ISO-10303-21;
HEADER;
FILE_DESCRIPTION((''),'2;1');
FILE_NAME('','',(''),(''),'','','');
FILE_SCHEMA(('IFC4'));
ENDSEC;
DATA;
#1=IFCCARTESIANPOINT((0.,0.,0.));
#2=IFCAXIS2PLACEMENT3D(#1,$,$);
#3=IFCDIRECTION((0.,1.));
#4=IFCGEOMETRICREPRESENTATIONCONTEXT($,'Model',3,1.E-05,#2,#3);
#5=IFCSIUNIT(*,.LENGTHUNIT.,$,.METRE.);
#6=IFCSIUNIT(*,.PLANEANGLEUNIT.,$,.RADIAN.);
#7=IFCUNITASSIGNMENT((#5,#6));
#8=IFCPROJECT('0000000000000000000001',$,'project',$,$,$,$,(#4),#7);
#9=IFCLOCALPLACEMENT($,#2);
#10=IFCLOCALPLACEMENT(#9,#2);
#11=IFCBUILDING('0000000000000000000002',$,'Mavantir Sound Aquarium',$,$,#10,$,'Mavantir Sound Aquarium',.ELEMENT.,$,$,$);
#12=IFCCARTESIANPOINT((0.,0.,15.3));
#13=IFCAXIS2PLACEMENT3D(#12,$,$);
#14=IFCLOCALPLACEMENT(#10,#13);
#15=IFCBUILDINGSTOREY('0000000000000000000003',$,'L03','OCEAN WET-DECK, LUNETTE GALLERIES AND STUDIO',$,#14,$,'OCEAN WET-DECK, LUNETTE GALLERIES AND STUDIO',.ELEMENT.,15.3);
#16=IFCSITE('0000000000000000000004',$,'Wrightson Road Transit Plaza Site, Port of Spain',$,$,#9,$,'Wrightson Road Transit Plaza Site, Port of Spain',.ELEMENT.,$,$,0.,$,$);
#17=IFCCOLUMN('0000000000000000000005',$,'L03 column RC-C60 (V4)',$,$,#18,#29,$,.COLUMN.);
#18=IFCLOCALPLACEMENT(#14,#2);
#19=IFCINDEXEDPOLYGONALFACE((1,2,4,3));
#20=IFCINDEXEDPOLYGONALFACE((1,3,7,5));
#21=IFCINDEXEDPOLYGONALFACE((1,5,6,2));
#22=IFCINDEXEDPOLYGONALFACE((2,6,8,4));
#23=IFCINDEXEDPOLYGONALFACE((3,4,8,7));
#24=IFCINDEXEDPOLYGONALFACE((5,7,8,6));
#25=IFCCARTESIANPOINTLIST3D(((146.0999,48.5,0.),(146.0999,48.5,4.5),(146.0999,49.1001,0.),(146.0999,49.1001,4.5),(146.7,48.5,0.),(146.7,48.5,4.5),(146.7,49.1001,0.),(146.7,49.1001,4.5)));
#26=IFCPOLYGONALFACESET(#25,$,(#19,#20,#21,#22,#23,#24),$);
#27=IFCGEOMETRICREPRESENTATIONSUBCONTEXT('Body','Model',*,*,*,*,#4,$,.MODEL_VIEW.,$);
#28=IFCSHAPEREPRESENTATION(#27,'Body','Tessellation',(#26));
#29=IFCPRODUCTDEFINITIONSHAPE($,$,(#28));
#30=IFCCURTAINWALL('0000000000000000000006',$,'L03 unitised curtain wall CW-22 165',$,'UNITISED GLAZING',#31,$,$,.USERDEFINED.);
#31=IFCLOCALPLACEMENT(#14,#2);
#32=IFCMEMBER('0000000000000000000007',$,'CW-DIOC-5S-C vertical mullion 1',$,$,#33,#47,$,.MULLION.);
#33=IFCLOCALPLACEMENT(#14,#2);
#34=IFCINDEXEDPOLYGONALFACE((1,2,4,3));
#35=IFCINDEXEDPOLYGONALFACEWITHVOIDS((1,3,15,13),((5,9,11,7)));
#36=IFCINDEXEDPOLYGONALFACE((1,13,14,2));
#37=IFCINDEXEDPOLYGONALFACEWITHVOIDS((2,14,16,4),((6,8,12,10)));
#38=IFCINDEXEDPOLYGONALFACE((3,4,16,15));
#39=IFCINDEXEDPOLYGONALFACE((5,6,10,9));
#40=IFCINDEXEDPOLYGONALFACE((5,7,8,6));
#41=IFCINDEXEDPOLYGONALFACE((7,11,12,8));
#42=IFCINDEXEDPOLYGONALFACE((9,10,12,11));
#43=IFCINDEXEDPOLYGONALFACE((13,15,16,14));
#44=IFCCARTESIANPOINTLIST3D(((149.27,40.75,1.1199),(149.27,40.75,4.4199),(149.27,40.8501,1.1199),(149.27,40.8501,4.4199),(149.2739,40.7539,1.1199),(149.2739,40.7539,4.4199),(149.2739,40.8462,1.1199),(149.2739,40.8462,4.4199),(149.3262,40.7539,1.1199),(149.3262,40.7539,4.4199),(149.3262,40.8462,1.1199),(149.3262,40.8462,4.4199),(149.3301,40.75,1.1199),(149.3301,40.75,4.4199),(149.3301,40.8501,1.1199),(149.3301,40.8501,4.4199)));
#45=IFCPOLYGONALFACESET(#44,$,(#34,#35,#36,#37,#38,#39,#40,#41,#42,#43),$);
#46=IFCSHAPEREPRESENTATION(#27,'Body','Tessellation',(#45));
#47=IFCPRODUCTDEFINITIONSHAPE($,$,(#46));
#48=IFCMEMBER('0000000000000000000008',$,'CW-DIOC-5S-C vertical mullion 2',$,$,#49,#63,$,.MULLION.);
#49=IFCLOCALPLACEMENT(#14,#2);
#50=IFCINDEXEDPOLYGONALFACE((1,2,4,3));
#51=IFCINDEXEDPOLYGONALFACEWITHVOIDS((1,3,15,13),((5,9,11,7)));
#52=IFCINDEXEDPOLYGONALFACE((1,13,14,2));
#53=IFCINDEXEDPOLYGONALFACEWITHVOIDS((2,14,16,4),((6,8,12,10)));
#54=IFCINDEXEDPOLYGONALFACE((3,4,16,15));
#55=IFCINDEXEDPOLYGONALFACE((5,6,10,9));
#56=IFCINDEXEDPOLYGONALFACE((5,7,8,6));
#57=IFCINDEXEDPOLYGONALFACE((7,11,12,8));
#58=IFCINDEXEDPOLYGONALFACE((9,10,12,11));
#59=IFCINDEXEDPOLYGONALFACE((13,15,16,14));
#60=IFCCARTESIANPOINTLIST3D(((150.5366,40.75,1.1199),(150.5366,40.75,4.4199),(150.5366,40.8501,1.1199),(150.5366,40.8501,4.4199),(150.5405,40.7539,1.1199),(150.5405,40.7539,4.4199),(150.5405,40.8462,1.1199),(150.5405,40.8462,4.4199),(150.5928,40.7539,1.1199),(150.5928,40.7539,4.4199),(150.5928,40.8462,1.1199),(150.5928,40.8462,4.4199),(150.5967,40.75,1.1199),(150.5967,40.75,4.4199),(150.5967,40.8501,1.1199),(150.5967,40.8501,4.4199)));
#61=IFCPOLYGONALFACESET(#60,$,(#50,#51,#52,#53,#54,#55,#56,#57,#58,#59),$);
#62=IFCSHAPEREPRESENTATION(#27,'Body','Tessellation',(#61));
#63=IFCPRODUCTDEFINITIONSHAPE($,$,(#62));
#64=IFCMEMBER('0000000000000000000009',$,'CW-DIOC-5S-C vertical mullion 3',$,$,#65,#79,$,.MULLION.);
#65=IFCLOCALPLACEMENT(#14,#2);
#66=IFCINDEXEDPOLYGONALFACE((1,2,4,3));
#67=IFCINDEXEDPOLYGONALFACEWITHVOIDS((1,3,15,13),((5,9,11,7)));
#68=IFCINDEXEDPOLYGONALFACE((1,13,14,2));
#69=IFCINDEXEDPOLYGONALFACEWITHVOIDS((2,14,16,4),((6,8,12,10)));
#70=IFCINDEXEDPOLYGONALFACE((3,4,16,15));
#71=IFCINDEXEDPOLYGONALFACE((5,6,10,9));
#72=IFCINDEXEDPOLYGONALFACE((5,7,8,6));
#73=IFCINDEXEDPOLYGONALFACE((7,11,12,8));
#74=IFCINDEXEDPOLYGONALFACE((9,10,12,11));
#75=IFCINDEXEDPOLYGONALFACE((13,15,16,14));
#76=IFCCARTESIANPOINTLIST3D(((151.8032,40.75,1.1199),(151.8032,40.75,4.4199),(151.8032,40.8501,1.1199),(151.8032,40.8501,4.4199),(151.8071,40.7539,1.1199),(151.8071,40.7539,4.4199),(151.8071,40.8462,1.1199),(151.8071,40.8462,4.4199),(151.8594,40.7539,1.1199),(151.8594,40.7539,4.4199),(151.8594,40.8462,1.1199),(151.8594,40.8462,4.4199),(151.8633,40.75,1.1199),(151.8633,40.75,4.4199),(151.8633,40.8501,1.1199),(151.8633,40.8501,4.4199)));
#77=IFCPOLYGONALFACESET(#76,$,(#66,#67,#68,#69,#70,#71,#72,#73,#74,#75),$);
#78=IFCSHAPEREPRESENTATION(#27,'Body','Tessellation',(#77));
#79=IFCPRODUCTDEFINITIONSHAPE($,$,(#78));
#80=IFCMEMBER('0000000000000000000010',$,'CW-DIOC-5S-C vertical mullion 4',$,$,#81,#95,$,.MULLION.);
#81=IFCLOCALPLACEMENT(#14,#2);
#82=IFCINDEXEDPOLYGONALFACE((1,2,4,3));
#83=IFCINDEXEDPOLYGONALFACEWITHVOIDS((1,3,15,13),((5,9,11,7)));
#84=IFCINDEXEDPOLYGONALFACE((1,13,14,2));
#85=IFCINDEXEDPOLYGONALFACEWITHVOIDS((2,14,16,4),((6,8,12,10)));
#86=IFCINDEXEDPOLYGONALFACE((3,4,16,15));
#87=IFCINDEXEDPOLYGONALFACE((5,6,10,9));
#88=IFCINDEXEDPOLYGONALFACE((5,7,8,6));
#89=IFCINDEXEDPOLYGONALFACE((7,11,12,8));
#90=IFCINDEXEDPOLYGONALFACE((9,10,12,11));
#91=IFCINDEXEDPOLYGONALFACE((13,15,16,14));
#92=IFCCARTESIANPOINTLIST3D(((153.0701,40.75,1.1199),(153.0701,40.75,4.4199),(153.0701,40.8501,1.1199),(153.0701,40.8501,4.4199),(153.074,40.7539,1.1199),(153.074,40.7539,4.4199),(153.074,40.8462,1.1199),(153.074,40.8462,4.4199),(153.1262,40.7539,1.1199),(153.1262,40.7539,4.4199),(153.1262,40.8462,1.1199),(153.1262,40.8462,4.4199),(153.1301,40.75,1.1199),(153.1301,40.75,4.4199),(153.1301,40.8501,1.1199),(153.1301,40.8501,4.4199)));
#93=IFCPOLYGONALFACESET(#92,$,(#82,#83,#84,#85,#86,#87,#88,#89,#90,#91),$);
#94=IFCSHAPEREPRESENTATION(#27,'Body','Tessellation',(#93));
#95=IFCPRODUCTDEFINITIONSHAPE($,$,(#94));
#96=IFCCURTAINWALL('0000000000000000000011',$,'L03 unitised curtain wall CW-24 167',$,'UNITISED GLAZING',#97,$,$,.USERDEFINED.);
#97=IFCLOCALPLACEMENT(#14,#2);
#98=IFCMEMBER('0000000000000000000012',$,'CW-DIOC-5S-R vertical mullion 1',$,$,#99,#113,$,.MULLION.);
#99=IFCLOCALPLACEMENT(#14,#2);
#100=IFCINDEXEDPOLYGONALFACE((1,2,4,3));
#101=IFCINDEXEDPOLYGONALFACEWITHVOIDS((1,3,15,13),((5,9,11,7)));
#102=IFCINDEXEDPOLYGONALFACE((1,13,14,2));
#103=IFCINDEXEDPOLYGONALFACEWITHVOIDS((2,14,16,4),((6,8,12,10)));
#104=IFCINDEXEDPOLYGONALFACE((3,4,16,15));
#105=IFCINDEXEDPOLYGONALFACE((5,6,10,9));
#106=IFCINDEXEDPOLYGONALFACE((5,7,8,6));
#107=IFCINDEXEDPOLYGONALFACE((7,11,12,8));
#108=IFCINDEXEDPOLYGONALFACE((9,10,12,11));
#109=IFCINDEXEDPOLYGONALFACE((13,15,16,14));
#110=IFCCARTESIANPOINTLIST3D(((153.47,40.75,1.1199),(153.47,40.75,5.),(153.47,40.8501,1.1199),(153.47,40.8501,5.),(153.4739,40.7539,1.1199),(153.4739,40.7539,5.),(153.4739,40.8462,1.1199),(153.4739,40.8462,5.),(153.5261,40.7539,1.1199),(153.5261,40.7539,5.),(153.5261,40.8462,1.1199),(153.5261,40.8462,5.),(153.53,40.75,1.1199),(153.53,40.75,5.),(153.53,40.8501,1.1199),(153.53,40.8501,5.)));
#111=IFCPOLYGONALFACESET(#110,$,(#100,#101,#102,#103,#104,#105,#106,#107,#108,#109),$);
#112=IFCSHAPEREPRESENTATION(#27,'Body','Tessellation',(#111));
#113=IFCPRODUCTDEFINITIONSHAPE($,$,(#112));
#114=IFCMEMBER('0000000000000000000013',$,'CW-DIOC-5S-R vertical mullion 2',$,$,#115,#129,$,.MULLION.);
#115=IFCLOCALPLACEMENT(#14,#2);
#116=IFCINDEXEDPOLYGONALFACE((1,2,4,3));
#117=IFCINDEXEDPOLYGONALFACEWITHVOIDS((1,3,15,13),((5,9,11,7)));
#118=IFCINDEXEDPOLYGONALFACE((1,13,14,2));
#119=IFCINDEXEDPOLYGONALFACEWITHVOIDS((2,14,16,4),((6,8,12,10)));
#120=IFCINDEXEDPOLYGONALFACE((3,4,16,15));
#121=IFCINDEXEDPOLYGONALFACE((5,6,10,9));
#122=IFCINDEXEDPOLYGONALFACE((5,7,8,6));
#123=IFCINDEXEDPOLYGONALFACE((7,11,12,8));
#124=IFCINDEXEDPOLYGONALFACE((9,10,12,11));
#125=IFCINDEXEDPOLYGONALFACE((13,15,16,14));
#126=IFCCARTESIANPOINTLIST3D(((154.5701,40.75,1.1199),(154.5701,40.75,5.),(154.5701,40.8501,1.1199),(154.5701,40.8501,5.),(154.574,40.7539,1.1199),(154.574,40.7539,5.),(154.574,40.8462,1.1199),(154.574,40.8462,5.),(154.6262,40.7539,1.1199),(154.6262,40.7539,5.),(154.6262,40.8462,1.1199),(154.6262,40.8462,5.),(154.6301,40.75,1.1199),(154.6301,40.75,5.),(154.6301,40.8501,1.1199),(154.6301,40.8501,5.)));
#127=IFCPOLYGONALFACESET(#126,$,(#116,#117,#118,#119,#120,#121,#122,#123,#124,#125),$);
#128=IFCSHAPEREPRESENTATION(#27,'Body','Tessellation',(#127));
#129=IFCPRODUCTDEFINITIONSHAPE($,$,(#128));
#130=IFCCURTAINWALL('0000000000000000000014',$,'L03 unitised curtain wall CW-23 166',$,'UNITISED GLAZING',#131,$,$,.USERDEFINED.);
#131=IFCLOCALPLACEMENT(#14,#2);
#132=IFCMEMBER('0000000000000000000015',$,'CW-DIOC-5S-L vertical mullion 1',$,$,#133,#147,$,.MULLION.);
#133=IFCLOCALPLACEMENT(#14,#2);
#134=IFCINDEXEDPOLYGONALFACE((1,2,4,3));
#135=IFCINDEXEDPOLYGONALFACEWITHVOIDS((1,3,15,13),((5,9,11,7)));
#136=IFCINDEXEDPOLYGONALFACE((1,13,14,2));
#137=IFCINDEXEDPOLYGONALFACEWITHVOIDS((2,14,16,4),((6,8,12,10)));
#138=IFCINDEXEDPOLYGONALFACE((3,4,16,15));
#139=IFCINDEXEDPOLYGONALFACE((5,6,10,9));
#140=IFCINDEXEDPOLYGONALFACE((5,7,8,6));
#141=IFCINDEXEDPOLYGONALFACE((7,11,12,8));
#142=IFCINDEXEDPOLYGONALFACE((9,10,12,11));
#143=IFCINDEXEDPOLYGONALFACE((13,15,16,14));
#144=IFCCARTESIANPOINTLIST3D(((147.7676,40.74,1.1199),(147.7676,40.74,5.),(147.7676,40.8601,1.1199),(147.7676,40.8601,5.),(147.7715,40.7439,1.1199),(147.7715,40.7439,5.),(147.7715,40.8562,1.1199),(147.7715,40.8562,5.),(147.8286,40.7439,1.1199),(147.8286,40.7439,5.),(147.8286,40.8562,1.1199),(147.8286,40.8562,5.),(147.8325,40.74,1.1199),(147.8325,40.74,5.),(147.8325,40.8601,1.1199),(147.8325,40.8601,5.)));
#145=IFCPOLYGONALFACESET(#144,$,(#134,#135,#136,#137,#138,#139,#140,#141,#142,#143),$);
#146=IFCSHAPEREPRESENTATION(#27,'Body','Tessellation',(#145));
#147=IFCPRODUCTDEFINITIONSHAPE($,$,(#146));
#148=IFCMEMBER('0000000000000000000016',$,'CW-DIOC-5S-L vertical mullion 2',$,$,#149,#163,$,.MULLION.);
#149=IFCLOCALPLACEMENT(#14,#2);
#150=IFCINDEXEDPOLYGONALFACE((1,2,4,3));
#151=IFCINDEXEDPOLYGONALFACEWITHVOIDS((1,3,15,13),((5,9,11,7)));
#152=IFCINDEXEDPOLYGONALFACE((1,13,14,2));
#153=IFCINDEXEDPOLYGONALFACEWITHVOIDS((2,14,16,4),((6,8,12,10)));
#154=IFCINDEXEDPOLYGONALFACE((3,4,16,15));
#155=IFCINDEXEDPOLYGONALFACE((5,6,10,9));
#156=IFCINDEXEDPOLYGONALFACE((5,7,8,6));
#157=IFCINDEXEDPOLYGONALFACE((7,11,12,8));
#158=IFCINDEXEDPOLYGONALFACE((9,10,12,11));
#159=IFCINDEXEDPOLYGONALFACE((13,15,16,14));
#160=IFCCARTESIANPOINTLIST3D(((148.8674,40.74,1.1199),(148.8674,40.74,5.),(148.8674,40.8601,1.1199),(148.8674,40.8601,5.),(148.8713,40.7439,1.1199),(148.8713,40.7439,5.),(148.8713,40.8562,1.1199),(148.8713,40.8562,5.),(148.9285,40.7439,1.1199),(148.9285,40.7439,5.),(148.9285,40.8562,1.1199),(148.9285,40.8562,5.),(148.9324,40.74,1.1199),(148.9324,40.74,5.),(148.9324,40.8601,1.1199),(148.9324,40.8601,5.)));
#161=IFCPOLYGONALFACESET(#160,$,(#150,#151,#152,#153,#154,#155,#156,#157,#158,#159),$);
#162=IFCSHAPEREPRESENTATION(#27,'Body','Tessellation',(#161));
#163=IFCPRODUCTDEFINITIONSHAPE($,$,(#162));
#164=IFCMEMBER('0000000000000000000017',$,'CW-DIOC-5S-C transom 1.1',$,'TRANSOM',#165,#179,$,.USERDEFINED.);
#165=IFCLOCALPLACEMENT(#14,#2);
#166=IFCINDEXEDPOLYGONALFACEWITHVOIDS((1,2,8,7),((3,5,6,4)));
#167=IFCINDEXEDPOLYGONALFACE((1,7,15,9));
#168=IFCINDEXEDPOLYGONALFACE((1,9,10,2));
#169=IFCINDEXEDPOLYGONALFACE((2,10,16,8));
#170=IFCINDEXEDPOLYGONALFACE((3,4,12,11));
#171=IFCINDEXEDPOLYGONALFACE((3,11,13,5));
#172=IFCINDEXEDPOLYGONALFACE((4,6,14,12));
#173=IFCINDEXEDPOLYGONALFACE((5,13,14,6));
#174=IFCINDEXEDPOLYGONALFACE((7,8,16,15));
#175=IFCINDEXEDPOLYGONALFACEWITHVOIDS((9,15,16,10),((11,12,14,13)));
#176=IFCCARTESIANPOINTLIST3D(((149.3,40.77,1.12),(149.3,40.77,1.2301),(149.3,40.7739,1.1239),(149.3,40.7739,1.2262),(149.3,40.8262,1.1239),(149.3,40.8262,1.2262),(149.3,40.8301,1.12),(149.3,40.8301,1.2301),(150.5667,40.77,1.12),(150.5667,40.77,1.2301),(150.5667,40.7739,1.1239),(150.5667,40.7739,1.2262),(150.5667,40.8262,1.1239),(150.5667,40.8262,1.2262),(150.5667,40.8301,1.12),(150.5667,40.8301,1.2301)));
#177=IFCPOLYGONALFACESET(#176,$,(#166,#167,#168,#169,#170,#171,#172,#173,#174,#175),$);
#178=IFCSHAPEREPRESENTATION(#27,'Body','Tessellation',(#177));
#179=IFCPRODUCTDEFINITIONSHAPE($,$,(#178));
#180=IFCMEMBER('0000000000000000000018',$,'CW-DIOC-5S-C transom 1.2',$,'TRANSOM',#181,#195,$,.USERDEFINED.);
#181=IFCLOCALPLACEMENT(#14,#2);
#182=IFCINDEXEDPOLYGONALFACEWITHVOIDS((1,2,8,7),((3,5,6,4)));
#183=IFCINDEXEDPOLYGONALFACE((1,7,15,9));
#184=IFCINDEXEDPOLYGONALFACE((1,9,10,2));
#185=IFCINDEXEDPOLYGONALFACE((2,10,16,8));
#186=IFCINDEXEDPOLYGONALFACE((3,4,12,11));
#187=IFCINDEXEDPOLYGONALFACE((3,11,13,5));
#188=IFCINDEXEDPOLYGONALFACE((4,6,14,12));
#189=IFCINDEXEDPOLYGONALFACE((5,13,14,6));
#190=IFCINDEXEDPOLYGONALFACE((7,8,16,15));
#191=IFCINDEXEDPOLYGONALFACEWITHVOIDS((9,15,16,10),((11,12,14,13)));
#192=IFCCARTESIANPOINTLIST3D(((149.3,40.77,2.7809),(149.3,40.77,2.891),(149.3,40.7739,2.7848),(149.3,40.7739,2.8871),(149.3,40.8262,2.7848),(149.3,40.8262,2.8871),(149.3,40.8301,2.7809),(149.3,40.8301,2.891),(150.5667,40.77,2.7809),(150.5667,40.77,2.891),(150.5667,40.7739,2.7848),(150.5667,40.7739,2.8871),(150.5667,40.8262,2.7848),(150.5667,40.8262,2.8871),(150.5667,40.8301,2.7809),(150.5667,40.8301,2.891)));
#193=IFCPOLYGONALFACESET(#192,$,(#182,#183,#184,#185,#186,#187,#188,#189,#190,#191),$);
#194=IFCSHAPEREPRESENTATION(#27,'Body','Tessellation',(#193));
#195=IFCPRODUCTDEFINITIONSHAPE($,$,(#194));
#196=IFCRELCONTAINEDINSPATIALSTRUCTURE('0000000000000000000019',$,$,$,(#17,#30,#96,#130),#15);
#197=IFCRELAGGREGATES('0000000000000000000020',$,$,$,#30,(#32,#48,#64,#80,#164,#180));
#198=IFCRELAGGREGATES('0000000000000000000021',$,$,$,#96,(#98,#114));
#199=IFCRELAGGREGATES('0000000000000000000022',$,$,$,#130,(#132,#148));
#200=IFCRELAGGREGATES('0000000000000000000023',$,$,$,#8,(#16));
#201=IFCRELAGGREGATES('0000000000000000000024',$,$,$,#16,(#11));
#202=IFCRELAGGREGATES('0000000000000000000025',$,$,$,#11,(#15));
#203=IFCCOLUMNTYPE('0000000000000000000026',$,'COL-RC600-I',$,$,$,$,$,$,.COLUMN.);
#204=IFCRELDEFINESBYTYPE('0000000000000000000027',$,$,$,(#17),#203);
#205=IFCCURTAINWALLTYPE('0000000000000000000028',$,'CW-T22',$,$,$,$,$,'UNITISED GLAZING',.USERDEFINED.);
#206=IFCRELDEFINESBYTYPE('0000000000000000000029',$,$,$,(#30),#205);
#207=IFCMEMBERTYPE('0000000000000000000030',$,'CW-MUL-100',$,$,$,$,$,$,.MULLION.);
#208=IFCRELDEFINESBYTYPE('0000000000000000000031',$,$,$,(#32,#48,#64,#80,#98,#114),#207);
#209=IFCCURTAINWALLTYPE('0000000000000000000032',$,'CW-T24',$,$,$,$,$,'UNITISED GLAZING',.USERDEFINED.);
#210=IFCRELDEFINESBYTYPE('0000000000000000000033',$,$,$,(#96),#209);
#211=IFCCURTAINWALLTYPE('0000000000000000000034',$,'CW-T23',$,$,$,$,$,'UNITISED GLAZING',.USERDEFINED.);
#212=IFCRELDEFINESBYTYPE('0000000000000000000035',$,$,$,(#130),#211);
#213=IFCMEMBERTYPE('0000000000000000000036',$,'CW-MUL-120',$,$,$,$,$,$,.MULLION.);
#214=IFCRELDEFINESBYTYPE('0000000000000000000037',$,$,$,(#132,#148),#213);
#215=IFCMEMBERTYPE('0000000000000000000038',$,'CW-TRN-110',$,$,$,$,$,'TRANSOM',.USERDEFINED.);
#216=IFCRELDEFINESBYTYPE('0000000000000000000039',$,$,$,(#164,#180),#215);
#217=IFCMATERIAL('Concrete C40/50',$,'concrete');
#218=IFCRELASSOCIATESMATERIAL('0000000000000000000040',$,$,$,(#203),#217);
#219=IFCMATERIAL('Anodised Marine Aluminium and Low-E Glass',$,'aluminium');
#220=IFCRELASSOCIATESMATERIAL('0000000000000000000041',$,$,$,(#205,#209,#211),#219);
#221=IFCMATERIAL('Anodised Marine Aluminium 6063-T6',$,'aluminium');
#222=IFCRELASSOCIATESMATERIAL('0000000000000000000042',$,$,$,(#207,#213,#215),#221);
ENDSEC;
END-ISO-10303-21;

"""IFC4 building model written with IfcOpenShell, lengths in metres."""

from ifc_helpers import new_model, si_unit, direction, frame, origin, origin_2d, place, context, subcontext, project, spatial, rectangle, hollow_rectangle, extrude, material, material_profile, profile_set, type_object, element, aggregate, save


model = new_model("IFC4")

# Units and contexts
model_context = context("Model", 3, precision=1e-05, world=origin(), true_north=direction((0.0, 1.0)))
body_context = subcontext(model_context, "Body", "Model", "MODEL_VIEW")
ifc_project = project(units=[si_unit("LENGTHUNIT", "METRE"), si_unit("PLANEANGLEUNIT", "RADIAN")], contexts=[model_context])

# Site, building, storey
site_placement = place(None, origin())
site = spatial("IfcSite", under=ifc_project, at=site_placement, Name="Wrightson Road Transit Plaza Site, Port of Spain", LongName="Wrightson Road Transit Plaza Site, Port of Spain", CompositionType="ELEMENT", RefElevation=0.0)
building_placement = place(site_placement, origin())
building = spatial("IfcBuilding", under=site, at=building_placement, Name="Mavantir Sound Aquarium", LongName="Mavantir Sound Aquarium", CompositionType="ELEMENT")
storey_placement = place(building_placement, frame((0.0, 0.0, 15.3)))
storey = spatial("IfcBuildingStorey", under=building, at=storey_placement, Name="L03", Description="OCEAN WET-DECK, LUNETTE GALLERIES AND STUDIO", LongName="OCEAN WET-DECK, LUNETTE GALLERIES AND STUDIO", CompositionType="ELEMENT", Elevation=15.3)

# Column
ifc_material_1 = material(Name="Concrete C40/50", Category="concrete")
ifc_material_profile_1 = material_profile(ifc_material_1, rectangle(XDim=0.6001, YDim=0.6001, at=origin_2d()), Name="RC 600X600")
ifc_profile_set_1 = profile_set([ifc_material_profile_1], Name="Concrete C40/50")
column_type = type_object("IfcColumnType", Name="COL-RC600-I", PredefinedType="COLUMN", material=ifc_profile_set_1)
column_placement = place(storey_placement, frame((146.3999, 48.8, 0.0), z_axis=(0.0, 0.0, 1.0), x_axis=(1.0, 0.0, 0.0)))
element("IfcColumn", 1, at=column_placement, inside=storey, type_object=column_type, Name="L03 column RC-C60 (V4)", PredefinedType="COLUMN", context=body_context, shape_type="SweptSolid", body=[
    extrude(rectangle(XDim=0.6001, YDim=0.6001, at=origin_2d()), origin(), (0.0, 0.0, 1.0), 4.5),
])

# Curtain walls, members
ifc_material_2 = material(Name="Anodised Marine Aluminium and Low-E Glass", Category="aluminium")
curtain_wall_type_1 = type_object("IfcCurtainWallType", Name="CW-T22", ElementType="UNITISED GLAZING", PredefinedType="USERDEFINED", material=ifc_material_2)
curtain_wall_1_placement = place(storey_placement, origin())
curtain_wall_1 = element("IfcCurtainWall", 2, at=curtain_wall_1_placement, inside=storey, type_object=curtain_wall_type_1, Name="L03 unitised curtain wall CW-22 165", ObjectType="UNITISED GLAZING", PredefinedType="USERDEFINED")
ifc_material_3 = material(Name="Anodised Marine Aluminium 6063-T6", Category="aluminium")
ifc_material_profile_2 = material_profile(ifc_material_3, hollow_rectangle(XDim=0.0601, YDim=0.1001, WallThickness=0.0039, at=origin_2d()), Name="ALU-MULLION-100X60")
ifc_profile_set_2 = profile_set([ifc_material_profile_2], Name="Anodised Marine Aluminium 6063-T6")
member_type_1 = type_object("IfcMemberType", Name="CW-MUL-100", PredefinedType="MULLION", material=ifc_profile_set_2)
member_1_placement = place(storey_placement, frame((149.3, 40.8, 1.1199), z_axis=(0.0, 0.0, 1.0), x_axis=(1.0, 0.0, 0.0)))
member_1 = element("IfcMember", 3, at=member_1_placement, type_object=member_type_1, Name="CW-DIOC-5S-C vertical mullion 1", PredefinedType="MULLION", context=body_context, shape_type="SweptSolid", body=[
    extrude(hollow_rectangle(XDim=0.0601, YDim=0.1001, WallThickness=0.0039, at=origin_2d()), origin(), (0.0, 0.0, 1.0), 3.3),
])
member_2_placement = place(storey_placement, frame((150.5667, 40.8, 1.1199), z_axis=(0.0, 0.0, 1.0), x_axis=(1.0, 0.0, 0.0)))
member_2 = element("IfcMember", 4, at=member_2_placement, type_object=member_type_1, Name="CW-DIOC-5S-C vertical mullion 2", PredefinedType="MULLION", context=body_context, shape_type="SweptSolid", body=[
    extrude(hollow_rectangle(XDim=0.0601, YDim=0.1001, WallThickness=0.0039, at=origin_2d()), origin(), (0.0, 0.0, 1.0), 3.3),
])
member_3_placement = place(storey_placement, frame((151.8333, 40.8, 1.1199), z_axis=(0.0, 0.0, 1.0), x_axis=(1.0, 0.0, 0.0)))
member_3 = element("IfcMember", 5, at=member_3_placement, type_object=member_type_1, Name="CW-DIOC-5S-C vertical mullion 3", PredefinedType="MULLION", context=body_context, shape_type="SweptSolid", body=[
    extrude(hollow_rectangle(XDim=0.0601, YDim=0.1001, WallThickness=0.0039, at=origin_2d()), origin(), (0.0, 0.0, 1.0), 3.3),
])
member_4_placement = place(storey_placement, frame((153.1001, 40.8, 1.1199), z_axis=(0.0, 0.0, 1.0), x_axis=(1.0, 0.0, 0.0)))
member_4 = element("IfcMember", 6, at=member_4_placement, type_object=member_type_1, Name="CW-DIOC-5S-C vertical mullion 4", PredefinedType="MULLION", context=body_context, shape_type="SweptSolid", body=[
    extrude(hollow_rectangle(XDim=0.0601, YDim=0.1001, WallThickness=0.0039, at=origin_2d()), origin(), (0.0, 0.0, 1.0), 3.3),
])
curtain_wall_type_2 = type_object("IfcCurtainWallType", Name="CW-T24", ElementType="UNITISED GLAZING", PredefinedType="USERDEFINED", material=ifc_material_2)
curtain_wall_2_placement = place(storey_placement, origin())
curtain_wall_2 = element("IfcCurtainWall", 7, at=curtain_wall_2_placement, inside=storey, type_object=curtain_wall_type_2, Name="L03 unitised curtain wall CW-24 167", ObjectType="UNITISED GLAZING", PredefinedType="USERDEFINED")
member_5_placement = place(storey_placement, frame((153.5, 40.8, 1.1199), z_axis=(0.0, 0.0, 1.0), x_axis=(1.0, 0.0, 0.0)))
member_5 = element("IfcMember", 8, at=member_5_placement, type_object=member_type_1, Name="CW-DIOC-5S-R vertical mullion 1", PredefinedType="MULLION", context=body_context, shape_type="SweptSolid", body=[
    extrude(hollow_rectangle(XDim=0.0601, YDim=0.1001, WallThickness=0.0039, at=origin_2d()), origin(), (0.0, 0.0, 1.0), 3.8801),
])
member_6_placement = place(storey_placement, frame((154.6001, 40.8, 1.1199), z_axis=(0.0, 0.0, 1.0), x_axis=(1.0, 0.0, 0.0)))
member_6 = element("IfcMember", 9, at=member_6_placement, type_object=member_type_1, Name="CW-DIOC-5S-R vertical mullion 2", PredefinedType="MULLION", context=body_context, shape_type="SweptSolid", body=[
    extrude(hollow_rectangle(XDim=0.0601, YDim=0.1001, WallThickness=0.0039, at=origin_2d()), origin(), (0.0, 0.0, 1.0), 3.8801),
])
curtain_wall_type_3 = type_object("IfcCurtainWallType", Name="CW-T23", ElementType="UNITISED GLAZING", PredefinedType="USERDEFINED", material=ifc_material_2)
curtain_wall_3_placement = place(storey_placement, origin())
curtain_wall_3 = element("IfcCurtainWall", 10, at=curtain_wall_3_placement, inside=storey, type_object=curtain_wall_type_3, Name="L03 unitised curtain wall CW-23 166", ObjectType="UNITISED GLAZING", PredefinedType="USERDEFINED")
ifc_material_profile_3 = material_profile(ifc_material_3, hollow_rectangle(XDim=0.0649, YDim=0.1201, WallThickness=0.0039, at=origin_2d()), Name="ALU-MULLION-120X65")
ifc_profile_set_3 = profile_set([ifc_material_profile_3], Name="Anodised Marine Aluminium 6063-T6")
member_type_2 = type_object("IfcMemberType", Name="CW-MUL-120", PredefinedType="MULLION", material=ifc_profile_set_3)
member_7_placement = place(storey_placement, frame((147.8, 40.8, 1.1199), z_axis=(0.0, 0.0, 1.0), x_axis=(1.0, 0.0, 0.0)))
member_7 = element("IfcMember", 11, at=member_7_placement, type_object=member_type_2, Name="CW-DIOC-5S-L vertical mullion 1", PredefinedType="MULLION", context=body_context, shape_type="SweptSolid", body=[
    extrude(hollow_rectangle(XDim=0.0649, YDim=0.1201, WallThickness=0.0039, at=origin_2d()), origin(), (0.0, 0.0, 1.0), 3.8801),
])
member_8_placement = place(storey_placement, frame((148.8999, 40.8, 1.1199), z_axis=(0.0, 0.0, 1.0), x_axis=(1.0, 0.0, 0.0)))
member_8 = element("IfcMember", 12, at=member_8_placement, type_object=member_type_2, Name="CW-DIOC-5S-L vertical mullion 2", PredefinedType="MULLION", context=body_context, shape_type="SweptSolid", body=[
    extrude(hollow_rectangle(XDim=0.0649, YDim=0.1201, WallThickness=0.0039, at=origin_2d()), origin(), (0.0, 0.0, 1.0), 3.8801),
])

# Members
ifc_material_profile_4 = material_profile(ifc_material_3, hollow_rectangle(XDim=0.0601, YDim=0.1101, WallThickness=0.0039, at=origin_2d()), Name="ALU-TRANSOM-110X60")
ifc_profile_set_4 = profile_set([ifc_material_profile_4], Name="Anodised Marine Aluminium 6063-T6")
member_type_3 = type_object("IfcMemberType", Name="CW-TRN-110", ElementType="TRANSOM", PredefinedType="USERDEFINED", material=ifc_profile_set_4)
member_9_placement = place(storey_placement, frame((149.3, 40.8, 1.175), z_axis=(1.0, 0.0, 0.0), x_axis=(0.0, 1.0, 0.0)))
member_9 = element("IfcMember", 13, at=member_9_placement, type_object=member_type_3, Name="CW-DIOC-5S-C transom 1.1", ObjectType="TRANSOM", PredefinedType="USERDEFINED", context=body_context, shape_type="SweptSolid", body=[
    extrude(hollow_rectangle(XDim=0.0601, YDim=0.1101, WallThickness=0.0039, at=origin_2d()), origin(), (0.0, 0.0, 1.0), 1.2666),
])
member_10_placement = place(storey_placement, frame((149.3, 40.8, 2.8359), z_axis=(1.0, 0.0, 0.0), x_axis=(0.0, 1.0, 0.0)))
member_10 = element("IfcMember", 14, at=member_10_placement, type_object=member_type_3, Name="CW-DIOC-5S-C transom 1.2", ObjectType="TRANSOM", PredefinedType="USERDEFINED", context=body_context, shape_type="SweptSolid", body=[
    extrude(hollow_rectangle(XDim=0.0601, YDim=0.1101, WallThickness=0.0039, at=origin_2d()), origin(), (0.0, 0.0, 1.0), 1.2666),
])

aggregate(curtain_wall_1, [member_1, member_2, member_3, member_4, member_9, member_10])
aggregate(curtain_wall_2, [member_5, member_6])
aggregate(curtain_wall_3, [member_7, member_8])

save(model, "model.ifc")
